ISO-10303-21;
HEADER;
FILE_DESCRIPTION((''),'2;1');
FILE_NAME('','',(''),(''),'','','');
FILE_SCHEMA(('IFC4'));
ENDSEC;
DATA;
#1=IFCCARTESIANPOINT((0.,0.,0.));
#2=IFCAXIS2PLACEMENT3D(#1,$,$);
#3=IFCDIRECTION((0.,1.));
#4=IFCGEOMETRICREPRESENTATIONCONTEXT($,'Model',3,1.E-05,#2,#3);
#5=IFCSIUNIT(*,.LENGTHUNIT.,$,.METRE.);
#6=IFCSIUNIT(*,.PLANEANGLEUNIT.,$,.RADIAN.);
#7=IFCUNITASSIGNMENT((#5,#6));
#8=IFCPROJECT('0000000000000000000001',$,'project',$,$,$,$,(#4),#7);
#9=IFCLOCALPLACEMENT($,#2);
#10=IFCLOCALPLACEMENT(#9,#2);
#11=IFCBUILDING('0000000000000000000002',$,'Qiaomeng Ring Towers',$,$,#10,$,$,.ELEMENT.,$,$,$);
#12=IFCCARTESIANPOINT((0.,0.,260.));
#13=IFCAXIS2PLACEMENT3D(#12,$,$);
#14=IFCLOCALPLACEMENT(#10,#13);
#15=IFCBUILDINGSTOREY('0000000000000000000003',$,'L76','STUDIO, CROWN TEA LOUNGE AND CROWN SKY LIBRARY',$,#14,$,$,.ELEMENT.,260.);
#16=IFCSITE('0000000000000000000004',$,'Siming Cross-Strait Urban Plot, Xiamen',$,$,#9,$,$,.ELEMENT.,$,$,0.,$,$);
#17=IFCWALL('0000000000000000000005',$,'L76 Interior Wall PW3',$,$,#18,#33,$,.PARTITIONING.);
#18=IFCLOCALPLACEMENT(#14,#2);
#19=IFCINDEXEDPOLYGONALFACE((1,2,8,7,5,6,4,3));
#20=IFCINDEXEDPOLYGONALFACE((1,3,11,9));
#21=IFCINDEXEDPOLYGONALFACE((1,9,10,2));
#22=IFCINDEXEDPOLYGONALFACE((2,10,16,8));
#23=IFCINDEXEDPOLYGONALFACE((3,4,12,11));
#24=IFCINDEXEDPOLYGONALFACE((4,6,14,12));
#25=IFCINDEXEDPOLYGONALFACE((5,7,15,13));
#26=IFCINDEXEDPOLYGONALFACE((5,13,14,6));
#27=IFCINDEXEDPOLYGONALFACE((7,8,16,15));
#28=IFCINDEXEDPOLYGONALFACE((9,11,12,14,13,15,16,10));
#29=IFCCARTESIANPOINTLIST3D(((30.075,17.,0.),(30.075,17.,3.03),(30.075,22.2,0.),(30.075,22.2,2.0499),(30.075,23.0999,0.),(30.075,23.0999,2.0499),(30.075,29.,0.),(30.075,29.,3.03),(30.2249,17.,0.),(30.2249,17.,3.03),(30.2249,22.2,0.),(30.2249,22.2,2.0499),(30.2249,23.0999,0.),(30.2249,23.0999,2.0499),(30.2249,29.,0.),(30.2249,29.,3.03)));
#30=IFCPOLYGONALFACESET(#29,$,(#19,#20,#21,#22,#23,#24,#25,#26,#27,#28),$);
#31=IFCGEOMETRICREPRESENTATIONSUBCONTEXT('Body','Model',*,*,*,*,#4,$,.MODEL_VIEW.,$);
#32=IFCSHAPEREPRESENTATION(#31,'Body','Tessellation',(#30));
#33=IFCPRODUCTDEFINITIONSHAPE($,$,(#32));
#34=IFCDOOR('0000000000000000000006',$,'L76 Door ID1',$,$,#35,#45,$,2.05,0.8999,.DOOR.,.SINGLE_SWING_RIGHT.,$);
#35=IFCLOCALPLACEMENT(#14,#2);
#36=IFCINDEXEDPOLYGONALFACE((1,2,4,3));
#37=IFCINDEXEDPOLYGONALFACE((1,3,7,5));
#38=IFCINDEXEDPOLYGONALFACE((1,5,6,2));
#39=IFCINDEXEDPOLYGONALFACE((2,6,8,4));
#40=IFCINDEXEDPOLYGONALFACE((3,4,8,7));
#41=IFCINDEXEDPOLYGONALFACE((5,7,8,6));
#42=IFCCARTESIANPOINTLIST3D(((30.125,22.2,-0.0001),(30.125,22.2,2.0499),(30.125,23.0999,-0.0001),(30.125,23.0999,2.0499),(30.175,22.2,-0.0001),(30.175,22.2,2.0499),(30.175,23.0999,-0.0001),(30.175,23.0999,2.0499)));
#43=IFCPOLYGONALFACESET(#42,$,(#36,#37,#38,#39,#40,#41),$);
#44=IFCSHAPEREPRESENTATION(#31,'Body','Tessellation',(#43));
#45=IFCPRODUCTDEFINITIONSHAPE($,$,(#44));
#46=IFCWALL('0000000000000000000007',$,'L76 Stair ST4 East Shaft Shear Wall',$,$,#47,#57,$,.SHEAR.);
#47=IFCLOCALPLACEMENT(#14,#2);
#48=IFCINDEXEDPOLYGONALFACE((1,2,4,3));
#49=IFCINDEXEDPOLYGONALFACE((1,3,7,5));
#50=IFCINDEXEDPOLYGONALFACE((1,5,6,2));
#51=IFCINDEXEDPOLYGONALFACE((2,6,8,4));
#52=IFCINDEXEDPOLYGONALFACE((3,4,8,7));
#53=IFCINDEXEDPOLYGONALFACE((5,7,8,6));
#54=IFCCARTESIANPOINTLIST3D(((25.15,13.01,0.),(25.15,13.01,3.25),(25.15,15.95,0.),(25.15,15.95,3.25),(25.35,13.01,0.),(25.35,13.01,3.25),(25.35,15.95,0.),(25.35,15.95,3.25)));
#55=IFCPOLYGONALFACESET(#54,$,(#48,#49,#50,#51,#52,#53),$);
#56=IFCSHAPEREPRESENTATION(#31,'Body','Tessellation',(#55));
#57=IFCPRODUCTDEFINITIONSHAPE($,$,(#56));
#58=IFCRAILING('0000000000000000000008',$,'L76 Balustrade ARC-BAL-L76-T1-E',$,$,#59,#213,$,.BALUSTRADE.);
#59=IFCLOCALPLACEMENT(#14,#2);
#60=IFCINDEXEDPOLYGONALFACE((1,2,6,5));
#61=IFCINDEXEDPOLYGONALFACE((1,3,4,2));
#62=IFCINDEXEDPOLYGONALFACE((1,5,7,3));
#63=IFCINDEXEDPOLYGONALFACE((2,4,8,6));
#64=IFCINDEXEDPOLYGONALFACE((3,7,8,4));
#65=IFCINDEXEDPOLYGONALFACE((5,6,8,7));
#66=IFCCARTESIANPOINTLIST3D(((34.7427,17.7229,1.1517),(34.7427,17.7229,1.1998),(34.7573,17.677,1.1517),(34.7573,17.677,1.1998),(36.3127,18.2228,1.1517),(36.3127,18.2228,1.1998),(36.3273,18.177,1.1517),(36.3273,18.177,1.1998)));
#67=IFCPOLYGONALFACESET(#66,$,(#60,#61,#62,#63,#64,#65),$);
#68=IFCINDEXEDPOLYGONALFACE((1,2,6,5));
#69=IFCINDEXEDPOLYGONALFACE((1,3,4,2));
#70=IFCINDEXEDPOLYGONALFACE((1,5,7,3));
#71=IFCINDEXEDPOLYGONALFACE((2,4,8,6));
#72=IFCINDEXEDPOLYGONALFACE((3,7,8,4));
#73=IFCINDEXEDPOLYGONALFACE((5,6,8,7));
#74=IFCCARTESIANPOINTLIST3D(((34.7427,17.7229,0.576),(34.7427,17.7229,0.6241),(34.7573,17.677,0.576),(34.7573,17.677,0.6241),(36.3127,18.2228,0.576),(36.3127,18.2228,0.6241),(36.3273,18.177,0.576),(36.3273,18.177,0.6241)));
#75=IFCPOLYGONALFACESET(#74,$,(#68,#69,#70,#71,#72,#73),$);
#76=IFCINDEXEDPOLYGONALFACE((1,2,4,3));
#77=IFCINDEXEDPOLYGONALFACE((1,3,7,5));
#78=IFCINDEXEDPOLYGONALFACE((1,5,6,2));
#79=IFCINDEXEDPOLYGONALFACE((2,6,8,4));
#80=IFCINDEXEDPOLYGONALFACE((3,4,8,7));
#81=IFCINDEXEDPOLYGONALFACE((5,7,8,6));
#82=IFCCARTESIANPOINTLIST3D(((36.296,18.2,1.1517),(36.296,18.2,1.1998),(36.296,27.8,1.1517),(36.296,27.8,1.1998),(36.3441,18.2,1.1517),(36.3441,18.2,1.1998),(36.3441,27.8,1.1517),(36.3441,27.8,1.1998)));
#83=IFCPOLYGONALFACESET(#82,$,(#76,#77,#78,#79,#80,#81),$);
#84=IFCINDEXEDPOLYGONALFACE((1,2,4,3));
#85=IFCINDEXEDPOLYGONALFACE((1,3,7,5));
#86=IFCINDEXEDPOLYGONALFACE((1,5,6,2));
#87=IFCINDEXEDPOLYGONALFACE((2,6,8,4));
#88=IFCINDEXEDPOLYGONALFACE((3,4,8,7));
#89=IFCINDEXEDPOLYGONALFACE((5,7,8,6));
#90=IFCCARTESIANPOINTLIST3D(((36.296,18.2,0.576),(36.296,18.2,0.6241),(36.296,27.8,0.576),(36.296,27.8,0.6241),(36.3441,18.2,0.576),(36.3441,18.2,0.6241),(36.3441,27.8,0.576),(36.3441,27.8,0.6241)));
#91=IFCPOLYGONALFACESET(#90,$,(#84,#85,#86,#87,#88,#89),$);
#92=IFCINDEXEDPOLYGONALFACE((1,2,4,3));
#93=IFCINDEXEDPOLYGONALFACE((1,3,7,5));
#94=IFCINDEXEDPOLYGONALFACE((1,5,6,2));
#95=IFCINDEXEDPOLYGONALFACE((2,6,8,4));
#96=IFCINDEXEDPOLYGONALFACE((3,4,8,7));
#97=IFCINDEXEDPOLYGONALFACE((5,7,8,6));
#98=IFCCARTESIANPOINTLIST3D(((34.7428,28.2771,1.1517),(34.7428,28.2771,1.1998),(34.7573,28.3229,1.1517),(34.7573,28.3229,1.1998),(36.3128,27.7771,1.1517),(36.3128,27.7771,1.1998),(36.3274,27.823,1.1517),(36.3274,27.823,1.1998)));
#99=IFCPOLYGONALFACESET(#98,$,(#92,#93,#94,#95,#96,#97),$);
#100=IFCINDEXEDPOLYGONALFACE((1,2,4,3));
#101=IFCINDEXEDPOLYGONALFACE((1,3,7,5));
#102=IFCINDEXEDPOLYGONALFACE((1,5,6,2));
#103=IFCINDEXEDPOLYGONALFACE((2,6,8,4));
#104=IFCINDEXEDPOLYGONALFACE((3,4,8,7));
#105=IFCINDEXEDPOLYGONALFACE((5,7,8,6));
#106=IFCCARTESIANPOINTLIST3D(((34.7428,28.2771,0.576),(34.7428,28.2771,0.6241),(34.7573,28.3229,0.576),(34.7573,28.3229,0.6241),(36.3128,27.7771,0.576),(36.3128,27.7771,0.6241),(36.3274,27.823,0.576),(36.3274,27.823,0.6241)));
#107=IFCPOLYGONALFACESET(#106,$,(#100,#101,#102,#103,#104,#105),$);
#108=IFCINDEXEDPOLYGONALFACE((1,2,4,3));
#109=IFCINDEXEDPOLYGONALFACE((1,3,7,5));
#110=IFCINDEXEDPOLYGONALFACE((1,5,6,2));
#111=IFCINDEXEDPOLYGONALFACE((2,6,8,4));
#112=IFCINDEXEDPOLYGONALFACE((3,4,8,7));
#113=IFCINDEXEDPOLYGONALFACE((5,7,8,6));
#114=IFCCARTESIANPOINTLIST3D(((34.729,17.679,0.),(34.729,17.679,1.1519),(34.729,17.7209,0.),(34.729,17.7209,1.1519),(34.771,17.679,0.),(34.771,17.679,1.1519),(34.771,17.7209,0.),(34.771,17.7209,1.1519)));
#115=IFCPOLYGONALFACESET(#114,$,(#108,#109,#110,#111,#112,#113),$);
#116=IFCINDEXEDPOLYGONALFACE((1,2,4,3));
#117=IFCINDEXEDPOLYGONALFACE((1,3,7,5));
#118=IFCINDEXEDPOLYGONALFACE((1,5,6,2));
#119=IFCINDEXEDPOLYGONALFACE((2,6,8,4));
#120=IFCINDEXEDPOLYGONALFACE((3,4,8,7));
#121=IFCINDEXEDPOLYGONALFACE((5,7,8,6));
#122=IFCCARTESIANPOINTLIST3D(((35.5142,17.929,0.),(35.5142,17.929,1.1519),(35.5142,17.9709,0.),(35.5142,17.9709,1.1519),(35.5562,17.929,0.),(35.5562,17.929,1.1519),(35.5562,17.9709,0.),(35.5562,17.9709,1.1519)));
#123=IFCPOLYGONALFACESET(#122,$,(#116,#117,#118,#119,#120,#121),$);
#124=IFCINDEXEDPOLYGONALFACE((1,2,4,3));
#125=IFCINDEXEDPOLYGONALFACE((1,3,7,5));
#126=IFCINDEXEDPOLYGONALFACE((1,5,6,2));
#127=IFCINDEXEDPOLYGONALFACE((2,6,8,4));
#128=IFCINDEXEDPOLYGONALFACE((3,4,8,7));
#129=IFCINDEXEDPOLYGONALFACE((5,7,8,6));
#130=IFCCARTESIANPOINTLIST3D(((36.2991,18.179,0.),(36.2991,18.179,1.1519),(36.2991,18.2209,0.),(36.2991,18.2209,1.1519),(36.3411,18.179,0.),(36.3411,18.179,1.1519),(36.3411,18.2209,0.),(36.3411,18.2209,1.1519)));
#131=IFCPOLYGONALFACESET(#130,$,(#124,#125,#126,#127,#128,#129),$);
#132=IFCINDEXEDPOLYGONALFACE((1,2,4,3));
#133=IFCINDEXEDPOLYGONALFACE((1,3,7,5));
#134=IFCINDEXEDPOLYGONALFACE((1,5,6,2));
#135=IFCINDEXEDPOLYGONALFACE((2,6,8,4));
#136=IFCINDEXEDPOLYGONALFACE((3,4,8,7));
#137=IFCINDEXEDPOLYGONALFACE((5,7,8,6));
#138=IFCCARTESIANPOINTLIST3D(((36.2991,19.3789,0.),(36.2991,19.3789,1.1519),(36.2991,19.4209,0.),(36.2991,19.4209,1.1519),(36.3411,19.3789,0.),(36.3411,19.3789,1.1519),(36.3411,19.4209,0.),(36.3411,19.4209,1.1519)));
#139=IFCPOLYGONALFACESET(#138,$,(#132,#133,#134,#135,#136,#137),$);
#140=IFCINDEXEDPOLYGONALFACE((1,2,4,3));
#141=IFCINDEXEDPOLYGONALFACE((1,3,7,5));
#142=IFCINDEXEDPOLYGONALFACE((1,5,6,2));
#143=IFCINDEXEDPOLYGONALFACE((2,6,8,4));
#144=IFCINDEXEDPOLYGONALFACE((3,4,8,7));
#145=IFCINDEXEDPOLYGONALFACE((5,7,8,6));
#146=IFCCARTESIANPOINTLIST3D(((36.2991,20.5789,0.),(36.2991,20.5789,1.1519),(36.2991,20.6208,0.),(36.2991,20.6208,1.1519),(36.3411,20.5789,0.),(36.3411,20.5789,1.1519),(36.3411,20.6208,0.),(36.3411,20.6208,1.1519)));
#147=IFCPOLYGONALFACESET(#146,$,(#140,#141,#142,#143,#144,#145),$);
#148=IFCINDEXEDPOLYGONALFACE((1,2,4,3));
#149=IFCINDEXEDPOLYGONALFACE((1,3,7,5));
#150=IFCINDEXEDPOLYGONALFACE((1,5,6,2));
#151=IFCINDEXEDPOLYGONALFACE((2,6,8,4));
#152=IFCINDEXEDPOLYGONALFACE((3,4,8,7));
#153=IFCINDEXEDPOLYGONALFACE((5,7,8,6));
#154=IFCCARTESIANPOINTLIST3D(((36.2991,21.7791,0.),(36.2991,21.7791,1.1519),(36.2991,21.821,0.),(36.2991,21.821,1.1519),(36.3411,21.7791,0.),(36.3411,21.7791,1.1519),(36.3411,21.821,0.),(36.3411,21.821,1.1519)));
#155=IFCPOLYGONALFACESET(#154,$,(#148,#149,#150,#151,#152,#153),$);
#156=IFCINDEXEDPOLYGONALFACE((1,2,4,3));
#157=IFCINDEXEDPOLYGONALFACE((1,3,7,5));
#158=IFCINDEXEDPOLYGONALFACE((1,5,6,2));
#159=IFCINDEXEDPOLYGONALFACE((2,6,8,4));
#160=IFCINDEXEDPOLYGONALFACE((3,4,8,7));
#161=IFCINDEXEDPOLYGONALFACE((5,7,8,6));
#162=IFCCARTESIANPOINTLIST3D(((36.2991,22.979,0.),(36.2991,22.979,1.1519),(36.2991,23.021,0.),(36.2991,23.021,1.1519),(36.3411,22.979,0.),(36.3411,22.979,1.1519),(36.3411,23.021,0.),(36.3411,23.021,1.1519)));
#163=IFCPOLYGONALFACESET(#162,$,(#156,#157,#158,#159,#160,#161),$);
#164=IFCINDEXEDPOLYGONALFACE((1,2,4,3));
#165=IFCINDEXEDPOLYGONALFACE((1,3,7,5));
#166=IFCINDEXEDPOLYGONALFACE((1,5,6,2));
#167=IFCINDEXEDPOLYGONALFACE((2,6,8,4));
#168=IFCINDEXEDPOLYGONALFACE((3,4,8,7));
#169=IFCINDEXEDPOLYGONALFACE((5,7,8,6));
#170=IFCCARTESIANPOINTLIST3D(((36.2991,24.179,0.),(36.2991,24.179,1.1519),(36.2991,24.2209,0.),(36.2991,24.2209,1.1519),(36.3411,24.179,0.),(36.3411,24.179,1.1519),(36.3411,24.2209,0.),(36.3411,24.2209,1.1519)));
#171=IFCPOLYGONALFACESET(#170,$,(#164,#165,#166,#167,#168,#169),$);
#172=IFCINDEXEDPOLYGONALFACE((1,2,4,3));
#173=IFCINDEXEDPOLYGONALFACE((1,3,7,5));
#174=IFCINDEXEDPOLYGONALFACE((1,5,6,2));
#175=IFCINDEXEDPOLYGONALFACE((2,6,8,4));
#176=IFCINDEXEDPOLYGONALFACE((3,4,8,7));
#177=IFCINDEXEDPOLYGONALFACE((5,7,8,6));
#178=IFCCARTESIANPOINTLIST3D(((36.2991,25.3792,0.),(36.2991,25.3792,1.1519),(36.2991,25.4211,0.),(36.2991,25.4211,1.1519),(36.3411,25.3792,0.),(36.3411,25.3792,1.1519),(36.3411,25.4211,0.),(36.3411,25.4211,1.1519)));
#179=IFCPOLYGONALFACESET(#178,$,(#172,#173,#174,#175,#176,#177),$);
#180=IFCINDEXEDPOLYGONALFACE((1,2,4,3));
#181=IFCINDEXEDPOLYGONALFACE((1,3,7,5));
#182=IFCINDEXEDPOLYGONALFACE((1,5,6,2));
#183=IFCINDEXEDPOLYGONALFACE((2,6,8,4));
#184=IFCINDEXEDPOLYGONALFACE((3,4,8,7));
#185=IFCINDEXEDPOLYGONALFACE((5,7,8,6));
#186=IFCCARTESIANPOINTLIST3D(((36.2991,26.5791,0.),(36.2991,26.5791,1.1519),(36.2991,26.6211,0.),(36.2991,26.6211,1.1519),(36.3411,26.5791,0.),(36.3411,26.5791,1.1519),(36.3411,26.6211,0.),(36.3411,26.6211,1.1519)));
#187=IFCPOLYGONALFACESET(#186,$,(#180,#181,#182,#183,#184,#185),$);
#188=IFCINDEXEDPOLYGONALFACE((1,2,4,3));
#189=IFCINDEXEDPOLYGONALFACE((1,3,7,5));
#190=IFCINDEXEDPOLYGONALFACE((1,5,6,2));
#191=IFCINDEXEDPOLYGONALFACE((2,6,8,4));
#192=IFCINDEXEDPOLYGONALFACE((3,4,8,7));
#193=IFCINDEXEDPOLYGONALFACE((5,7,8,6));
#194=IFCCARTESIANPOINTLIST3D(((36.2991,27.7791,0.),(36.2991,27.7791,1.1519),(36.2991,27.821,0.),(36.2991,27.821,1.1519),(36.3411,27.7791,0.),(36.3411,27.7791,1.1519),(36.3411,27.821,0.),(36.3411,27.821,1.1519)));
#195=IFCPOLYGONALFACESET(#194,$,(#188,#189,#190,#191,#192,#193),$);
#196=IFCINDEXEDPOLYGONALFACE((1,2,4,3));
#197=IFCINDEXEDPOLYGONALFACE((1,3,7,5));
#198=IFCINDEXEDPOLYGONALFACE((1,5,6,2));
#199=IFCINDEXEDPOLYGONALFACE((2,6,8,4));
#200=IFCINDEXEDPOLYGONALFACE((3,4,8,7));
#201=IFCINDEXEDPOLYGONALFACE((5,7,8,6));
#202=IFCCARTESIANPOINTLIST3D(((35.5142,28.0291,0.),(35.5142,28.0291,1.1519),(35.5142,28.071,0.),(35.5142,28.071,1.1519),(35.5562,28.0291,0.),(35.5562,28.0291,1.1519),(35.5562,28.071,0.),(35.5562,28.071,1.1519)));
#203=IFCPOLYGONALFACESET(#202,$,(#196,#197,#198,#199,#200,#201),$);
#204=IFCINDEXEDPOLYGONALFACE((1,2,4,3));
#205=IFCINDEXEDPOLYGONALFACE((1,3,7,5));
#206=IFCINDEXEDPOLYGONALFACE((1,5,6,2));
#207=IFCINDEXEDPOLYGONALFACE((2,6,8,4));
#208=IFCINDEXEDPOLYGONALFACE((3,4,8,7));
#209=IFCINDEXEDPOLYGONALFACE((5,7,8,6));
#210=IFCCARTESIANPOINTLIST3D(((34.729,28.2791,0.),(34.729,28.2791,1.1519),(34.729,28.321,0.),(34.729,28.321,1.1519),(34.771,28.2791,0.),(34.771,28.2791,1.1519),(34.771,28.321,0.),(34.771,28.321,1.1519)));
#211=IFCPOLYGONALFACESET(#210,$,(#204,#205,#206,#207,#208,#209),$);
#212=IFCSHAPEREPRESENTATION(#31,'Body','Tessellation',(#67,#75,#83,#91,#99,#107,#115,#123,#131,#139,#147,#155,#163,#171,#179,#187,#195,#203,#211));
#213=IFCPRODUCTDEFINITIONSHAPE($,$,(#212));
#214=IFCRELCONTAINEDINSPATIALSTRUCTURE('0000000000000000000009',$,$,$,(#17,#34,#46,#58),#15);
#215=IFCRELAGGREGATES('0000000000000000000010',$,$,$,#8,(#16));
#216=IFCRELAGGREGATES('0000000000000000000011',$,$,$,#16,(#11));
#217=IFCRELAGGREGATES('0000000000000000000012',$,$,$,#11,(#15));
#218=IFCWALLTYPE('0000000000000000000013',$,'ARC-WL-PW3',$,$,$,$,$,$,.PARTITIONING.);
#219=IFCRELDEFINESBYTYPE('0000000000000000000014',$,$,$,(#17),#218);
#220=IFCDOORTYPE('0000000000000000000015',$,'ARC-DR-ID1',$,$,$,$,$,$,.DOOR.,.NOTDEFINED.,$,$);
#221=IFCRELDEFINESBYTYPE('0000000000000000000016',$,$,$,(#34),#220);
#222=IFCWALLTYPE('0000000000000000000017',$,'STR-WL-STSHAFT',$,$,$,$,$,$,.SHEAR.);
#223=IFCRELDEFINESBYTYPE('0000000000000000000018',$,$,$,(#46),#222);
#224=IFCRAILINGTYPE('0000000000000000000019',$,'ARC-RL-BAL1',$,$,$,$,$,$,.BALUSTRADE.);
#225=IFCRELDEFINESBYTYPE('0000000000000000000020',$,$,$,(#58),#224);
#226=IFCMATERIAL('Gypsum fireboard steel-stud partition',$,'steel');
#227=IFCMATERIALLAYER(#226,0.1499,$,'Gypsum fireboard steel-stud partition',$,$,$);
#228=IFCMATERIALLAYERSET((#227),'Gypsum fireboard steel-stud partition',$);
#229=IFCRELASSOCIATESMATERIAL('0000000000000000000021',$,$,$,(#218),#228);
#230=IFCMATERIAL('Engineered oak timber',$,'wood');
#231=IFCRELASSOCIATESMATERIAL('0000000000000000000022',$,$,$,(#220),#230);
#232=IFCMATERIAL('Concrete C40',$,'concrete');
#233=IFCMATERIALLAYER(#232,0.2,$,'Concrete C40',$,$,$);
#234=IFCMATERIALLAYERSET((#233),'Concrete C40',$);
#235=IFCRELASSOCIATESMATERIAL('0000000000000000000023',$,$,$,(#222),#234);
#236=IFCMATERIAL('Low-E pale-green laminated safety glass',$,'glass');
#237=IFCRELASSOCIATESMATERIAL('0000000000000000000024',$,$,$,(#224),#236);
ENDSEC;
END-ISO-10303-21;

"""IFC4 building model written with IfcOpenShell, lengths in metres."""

from ifc_helpers import new_model, si_unit, direction, frame, frame_2d, origin, origin_2d, place, context, subcontext, project, spatial, rectangle, extrude, source, transform, mapped, material, layer, layer_set, type_object, element, fill, save


model = new_model("IFC4")

# Units and contexts
model_context = context("Model", 3, precision=1e-05, world=origin(), true_north=direction((0.0, 1.0)))
body_context = subcontext(model_context, "Body", "Model", "MODEL_VIEW")
ifc_project = project(units=[si_unit("LENGTHUNIT", "METRE"), si_unit("PLANEANGLEUNIT", "RADIAN")], contexts=[model_context])

# Site, building, storey
site_placement = place(None, origin())
site = spatial("IfcSite", under=ifc_project, at=site_placement, Name="Siming Cross-Strait Urban Plot, Xiamen", CompositionType="ELEMENT", RefElevation=0.0)
building_placement = place(site_placement, origin())
building = spatial("IfcBuilding", under=site, at=building_placement, Name="Qiaomeng Ring Towers", CompositionType="ELEMENT")
storey_placement = place(building_placement, frame((0.0, 0.0, 260.0)))
storey = spatial("IfcBuildingStorey", under=building, at=storey_placement, Name="L76", Description="STUDIO, CROWN TEA LOUNGE AND CROWN SKY LIBRARY", CompositionType="ELEMENT", Elevation=260.0)

# Shared definitions
ifc_material_1 = material(Name="Concrete C40", Category="concrete")

# Wall, opening, door
ifc_material_2 = material(Name="Gypsum fireboard steel-stud partition", Category="steel")
ifc_layer_1 = layer(ifc_material_2, 0.1499, Name="Gypsum fireboard steel-stud partition")
ifc_layer_set_1 = layer_set([ifc_layer_1], Name="Gypsum fireboard steel-stud partition")
wall_type_1 = type_object("IfcWallType", Name="ARC-WL-PW3", PredefinedType="PARTITIONING", material=ifc_layer_set_1)
wall_1_placement = place(storey_placement, frame((30.1499, 17.0, 0.0), z_axis=(0.0, 0.0, 1.0), x_axis=(0.0, 1.0, 0.0)))
wall_1 = element("IfcWall", 1, at=wall_1_placement, inside=storey, type_object=wall_type_1, Name="L76 Interior Wall PW3", PredefinedType="PARTITIONING", context=body_context, shape_type="SweptSolid", body=[
    extrude(rectangle(XDim=12.0, YDim=0.1499, at=frame_2d((6.0, 0.0))), origin(), (0.0, 0.0, 1.0), 3.03),
])
opening_1_placement = place(wall_1_placement, frame((5.2, 0.0, 0.0)))
opening_1 = element("IfcOpeningElement", 2, at=opening_1_placement, cuts=wall_1, PredefinedType="OPENING", context=body_context, shape_type="SweptSolid", body=[
    extrude(rectangle(XDim=0.8999, YDim=2.05, at=frame_2d((0.45, 1.0249))), frame((0.0, 0.085, 0.0), z_axis=(0.0, -1.0, 0.0), x_axis=(1.0, 0.0, 0.0)), (0.0, 0.0, 1.0), 0.1699),
])
ifc_material_3 = material(Name="Engineered oak timber", Category="wood")
door_type_1 = type_object("IfcDoorType", Name="ARC-DR-ID1", OperationType="NOTDEFINED", PredefinedType="DOOR", material=ifc_material_3)
shared_shape_1 = source(origin(), body_context, "Body", "SweptSolid", [
    extrude(rectangle(XDim=0.8999, YDim=2.05, at=frame_2d((0.45, 1.0249))), frame((0.0, 0.0249, 0.0), z_axis=(0.0, -1.0, 0.0), x_axis=(1.0, 0.0, 0.0)), (0.0, 0.0, 1.0), 0.05),
])
door_1_placement = place(opening_1_placement, origin())
door_1 = element("IfcDoor", 3, at=door_1_placement, inside=storey, type_object=door_type_1, Name="L76 Door ID1", OperationType="SINGLE_SWING_RIGHT", OverallHeight=2.05, OverallWidth=0.8999, PredefinedType="DOOR", context=body_context, shape_type="MappedRepresentation", body=[
    mapped(shared_shape_1, transform((0.0, 0.0, 0.0), x_axis=(1.0, 0.0, 0.0), y_axis=(0.0, 1.0, 0.0), z_axis=(0.0, 0.0, 1.0), scale=1.0)),
])
fill(opening_1, door_1)

# Wall
ifc_layer_2 = layer(ifc_material_1, 0.2, Name="Concrete C40")
ifc_layer_set_2 = layer_set([ifc_layer_2], Name="Concrete C40")
wall_type_2 = type_object("IfcWallType", Name="STR-WL-STSHAFT", PredefinedType="SHEAR", material=ifc_layer_set_2)
wall_2_placement = place(storey_placement, frame((25.25, 13.01, 0.0), z_axis=(0.0, 0.0, 1.0), x_axis=(0.0, 1.0, 0.0)))
element("IfcWall", 4, at=wall_2_placement, inside=storey, type_object=wall_type_2, Name="L76 Stair ST4 East Shaft Shear Wall", PredefinedType="SHEAR", context=body_context, shape_type="SweptSolid", body=[
    extrude(rectangle(XDim=2.9399, YDim=0.2, at=frame_2d((1.47, 0.0))), origin(), (0.0, 0.0, 1.0), 3.25),
])

# Railing
ifc_material_4 = material(Name="Low-E pale-green laminated safety glass", Category="glass")
railing_type = type_object("IfcRailingType", Name="ARC-RL-BAL1", PredefinedType="BALUSTRADE", material=ifc_material_4)
railing_placement = place(storey_placement, frame((34.75, 17.7, 0.0)))
element("IfcRailing", 5, at=railing_placement, inside=storey, type_object=railing_type, Name="L76 Balustrade ARC-BAL-L76-T1-E", PredefinedType="BALUSTRADE", context=body_context, shape_type="SweptSolid", body=[
    extrude(rectangle(XDim=0.0481, YDim=0.0481, at=origin_2d()), frame((0.0, 0.0, 1.1758), z_axis=(0.95285, 0.303442, 0.0), x_axis=(-0.303442, 0.95285, 0.0)), (0.0, 0.0, 1.0), 1.6477),
    extrude(rectangle(XDim=0.0481, YDim=0.0481, at=origin_2d()), frame((0.0, 0.0, 0.6001), z_axis=(0.95285, 0.303442, 0.0), x_axis=(-0.303442, 0.95285, 0.0)), (0.0, 0.0, 1.0), 1.6477),
    extrude(rectangle(XDim=0.0481, YDim=0.0481, at=origin_2d()), frame((1.5701, 0.5, 1.1758), z_axis=(0.0, 1.0, 0.0), x_axis=(-1.0, 0.0, 0.0)), (0.0, 0.0, 1.0), 9.6001),
    extrude(rectangle(XDim=0.0481, YDim=0.0481, at=origin_2d()), frame((1.5701, 0.5, 0.6001), z_axis=(0.0, 1.0, 0.0), x_axis=(-1.0, 0.0, 0.0)), (0.0, 0.0, 1.0), 9.6001),
    extrude(rectangle(XDim=0.0481, YDim=0.0481, at=origin_2d()), frame((1.5701, 10.1001, 1.1758), z_axis=(-0.95285, 0.303442, 0.0), x_axis=(-0.303442, -0.95285, 0.0)), (0.0, 0.0, 1.0), 1.6477),
    extrude(rectangle(XDim=0.0481, YDim=0.0481, at=origin_2d()), frame((1.5701, 10.1001, 0.6001), z_axis=(-0.95285, 0.303442, 0.0), x_axis=(-0.303442, -0.95285, 0.0)), (0.0, 0.0, 1.0), 1.6477),
    extrude(rectangle(XDim=0.042, YDim=0.042, at=origin_2d()), origin(), (0.0, 0.0, 1.0), 1.1519),
    extrude(rectangle(XDim=0.042, YDim=0.042, at=origin_2d()), frame((0.7852, 0.25, 0.0)), (0.0, 0.0, 1.0), 1.1519),
    extrude(rectangle(XDim=0.042, YDim=0.042, at=origin_2d()), frame((1.5701, 0.5, 0.0)), (0.0, 0.0, 1.0), 1.1519),
    extrude(rectangle(XDim=0.042, YDim=0.042, at=origin_2d()), frame((1.5701, 1.7, 0.0)), (0.0, 0.0, 1.0), 1.1519),
    extrude(rectangle(XDim=0.042, YDim=0.042, at=origin_2d()), frame((1.5701, 2.8999, 0.0)), (0.0, 0.0, 1.0), 1.1519),
    extrude(rectangle(XDim=0.042, YDim=0.042, at=origin_2d()), frame((1.5701, 4.1001, 0.0)), (0.0, 0.0, 1.0), 1.1519),
    extrude(rectangle(XDim=0.042, YDim=0.042, at=origin_2d()), frame((1.5701, 5.3, 0.0)), (0.0, 0.0, 1.0), 1.1519),
    extrude(rectangle(XDim=0.042, YDim=0.042, at=origin_2d()), frame((1.5701, 6.5, 0.0)), (0.0, 0.0, 1.0), 1.1519),
    extrude(rectangle(XDim=0.042, YDim=0.042, at=origin_2d()), frame((1.5701, 7.7002, 0.0)), (0.0, 0.0, 1.0), 1.1519),
    extrude(rectangle(XDim=0.042, YDim=0.042, at=origin_2d()), frame((1.5701, 8.9001, 0.0)), (0.0, 0.0, 1.0), 1.1519),
    extrude(rectangle(XDim=0.042, YDim=0.042, at=origin_2d()), frame((1.5701, 10.1001, 0.0)), (0.0, 0.0, 1.0), 1.1519),
    extrude(rectangle(XDim=0.042, YDim=0.042, at=origin_2d()), frame((0.7852, 10.3501, 0.0)), (0.0, 0.0, 1.0), 1.1519),
    extrude(rectangle(XDim=0.042, YDim=0.042, at=origin_2d()), frame((0.0, 10.6001, 0.0)), (0.0, 0.0, 1.0), 1.1519),
])

save(model, "model.ifc")
